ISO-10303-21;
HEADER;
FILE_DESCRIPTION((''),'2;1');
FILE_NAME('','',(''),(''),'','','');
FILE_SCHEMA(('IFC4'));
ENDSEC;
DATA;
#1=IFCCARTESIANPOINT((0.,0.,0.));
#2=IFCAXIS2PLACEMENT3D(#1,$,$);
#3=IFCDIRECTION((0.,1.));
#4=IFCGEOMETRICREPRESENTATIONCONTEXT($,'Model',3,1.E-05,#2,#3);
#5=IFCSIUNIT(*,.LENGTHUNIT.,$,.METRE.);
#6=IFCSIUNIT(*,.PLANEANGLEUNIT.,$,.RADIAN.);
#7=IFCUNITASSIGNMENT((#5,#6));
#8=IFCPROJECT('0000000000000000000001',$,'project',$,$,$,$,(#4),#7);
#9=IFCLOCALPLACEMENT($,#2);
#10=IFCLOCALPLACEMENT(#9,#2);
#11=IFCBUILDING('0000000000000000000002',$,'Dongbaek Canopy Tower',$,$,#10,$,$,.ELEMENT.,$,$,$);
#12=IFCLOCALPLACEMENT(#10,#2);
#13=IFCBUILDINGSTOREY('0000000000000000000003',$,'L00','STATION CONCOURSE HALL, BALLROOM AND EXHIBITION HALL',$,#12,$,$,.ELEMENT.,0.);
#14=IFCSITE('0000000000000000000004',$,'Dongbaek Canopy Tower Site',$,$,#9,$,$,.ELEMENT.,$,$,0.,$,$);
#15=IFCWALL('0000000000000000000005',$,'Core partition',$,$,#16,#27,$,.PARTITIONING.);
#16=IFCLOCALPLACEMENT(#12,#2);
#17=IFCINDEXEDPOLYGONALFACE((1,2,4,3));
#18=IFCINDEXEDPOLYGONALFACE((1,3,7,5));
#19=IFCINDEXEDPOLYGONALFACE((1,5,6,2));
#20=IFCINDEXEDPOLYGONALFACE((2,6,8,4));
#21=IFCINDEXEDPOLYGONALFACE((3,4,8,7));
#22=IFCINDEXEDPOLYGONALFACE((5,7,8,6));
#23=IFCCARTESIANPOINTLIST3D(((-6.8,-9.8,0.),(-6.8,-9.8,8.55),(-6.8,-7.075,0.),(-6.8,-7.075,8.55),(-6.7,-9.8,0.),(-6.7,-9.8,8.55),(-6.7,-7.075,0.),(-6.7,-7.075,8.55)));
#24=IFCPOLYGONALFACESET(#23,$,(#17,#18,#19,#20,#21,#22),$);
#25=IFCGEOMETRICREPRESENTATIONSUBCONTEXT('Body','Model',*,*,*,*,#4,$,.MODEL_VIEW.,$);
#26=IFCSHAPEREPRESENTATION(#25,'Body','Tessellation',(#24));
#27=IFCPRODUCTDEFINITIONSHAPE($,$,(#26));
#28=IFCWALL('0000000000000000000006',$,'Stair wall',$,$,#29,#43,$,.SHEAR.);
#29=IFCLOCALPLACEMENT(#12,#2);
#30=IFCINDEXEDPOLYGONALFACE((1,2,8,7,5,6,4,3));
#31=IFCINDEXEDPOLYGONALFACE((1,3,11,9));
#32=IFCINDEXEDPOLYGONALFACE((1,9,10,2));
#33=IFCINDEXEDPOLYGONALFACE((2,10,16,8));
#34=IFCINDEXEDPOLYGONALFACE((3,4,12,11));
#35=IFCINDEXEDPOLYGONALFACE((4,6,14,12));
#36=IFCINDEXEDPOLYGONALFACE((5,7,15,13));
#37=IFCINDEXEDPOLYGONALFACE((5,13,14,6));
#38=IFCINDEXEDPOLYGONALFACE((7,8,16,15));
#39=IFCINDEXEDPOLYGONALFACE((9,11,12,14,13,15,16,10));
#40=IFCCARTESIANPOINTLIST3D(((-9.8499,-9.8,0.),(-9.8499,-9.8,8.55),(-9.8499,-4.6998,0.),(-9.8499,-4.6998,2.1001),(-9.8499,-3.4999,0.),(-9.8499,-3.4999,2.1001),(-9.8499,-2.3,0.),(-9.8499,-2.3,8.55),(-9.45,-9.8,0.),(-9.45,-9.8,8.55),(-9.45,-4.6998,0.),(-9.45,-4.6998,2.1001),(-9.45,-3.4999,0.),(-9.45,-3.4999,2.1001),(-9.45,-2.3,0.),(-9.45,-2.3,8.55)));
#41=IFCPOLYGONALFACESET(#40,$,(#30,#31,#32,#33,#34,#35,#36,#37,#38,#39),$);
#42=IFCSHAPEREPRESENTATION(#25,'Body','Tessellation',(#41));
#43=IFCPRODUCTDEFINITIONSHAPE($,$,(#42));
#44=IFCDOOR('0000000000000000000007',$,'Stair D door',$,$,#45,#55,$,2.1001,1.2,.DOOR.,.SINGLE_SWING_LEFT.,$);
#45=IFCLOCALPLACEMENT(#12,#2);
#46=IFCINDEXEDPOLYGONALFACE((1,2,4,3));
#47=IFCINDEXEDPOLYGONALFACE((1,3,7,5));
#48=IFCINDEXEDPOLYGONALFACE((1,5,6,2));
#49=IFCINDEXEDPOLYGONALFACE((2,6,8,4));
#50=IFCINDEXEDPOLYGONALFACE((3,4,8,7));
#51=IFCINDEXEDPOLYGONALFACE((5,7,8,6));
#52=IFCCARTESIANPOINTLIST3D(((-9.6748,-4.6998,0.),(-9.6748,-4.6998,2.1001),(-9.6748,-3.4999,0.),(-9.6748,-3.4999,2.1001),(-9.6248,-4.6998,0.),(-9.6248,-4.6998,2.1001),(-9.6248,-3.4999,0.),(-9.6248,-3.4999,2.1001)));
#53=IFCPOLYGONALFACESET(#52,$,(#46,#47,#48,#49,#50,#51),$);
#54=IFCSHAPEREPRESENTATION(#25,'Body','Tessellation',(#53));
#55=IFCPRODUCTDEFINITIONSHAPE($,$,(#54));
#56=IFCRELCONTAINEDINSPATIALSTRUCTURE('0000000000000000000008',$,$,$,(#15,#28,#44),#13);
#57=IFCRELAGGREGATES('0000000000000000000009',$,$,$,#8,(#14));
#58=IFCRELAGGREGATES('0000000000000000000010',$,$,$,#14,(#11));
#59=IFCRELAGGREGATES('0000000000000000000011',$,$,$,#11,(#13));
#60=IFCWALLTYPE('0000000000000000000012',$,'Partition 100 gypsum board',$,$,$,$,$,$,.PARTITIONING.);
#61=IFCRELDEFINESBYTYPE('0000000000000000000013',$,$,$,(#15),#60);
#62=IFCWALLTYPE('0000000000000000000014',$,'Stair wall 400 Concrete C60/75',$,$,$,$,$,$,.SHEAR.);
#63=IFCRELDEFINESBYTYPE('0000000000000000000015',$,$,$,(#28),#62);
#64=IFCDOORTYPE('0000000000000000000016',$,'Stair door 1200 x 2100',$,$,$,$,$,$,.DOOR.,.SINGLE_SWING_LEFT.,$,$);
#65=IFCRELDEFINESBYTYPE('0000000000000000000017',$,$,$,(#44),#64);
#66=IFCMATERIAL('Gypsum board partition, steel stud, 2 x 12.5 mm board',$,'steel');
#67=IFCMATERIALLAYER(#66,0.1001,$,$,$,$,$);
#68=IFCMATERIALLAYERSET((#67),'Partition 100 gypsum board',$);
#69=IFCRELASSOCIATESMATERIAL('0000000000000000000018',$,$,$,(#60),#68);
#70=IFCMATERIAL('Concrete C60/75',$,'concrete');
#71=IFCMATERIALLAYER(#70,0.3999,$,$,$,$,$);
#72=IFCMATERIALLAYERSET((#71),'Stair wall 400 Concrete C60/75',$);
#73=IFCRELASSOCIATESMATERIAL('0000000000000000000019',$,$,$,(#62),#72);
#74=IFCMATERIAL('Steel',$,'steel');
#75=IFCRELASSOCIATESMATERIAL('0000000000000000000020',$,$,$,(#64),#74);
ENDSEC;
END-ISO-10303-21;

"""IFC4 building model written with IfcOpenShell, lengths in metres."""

from ifc_helpers import new_model, si_unit, direction, frame, frame_2d, origin, place, context, subcontext, project, spatial, rectangle, extrude, material, layer, layer_set, type_object, element, fill, save


model = new_model("IFC4")

# Units and contexts
model_context = context("Model", 3, precision=1e-05, world=origin(), true_north=direction((0.0, 1.0)))
body_context = subcontext(model_context, "Body", "Model", "MODEL_VIEW")
ifc_project = project(units=[si_unit("LENGTHUNIT", "METRE"), si_unit("PLANEANGLEUNIT", "RADIAN")], contexts=[model_context])

# Site, building, storey
site_placement = place(None, origin())
site = spatial("IfcSite", under=ifc_project, at=site_placement, Name="Dongbaek Canopy Tower Site", CompositionType="ELEMENT", RefElevation=0.0)
building_placement = place(site_placement, origin())
building = spatial("IfcBuilding", under=site, at=building_placement, Name="Dongbaek Canopy Tower", CompositionType="ELEMENT")
storey_placement = place(building_placement, origin())
storey = spatial("IfcBuildingStorey", under=building, at=storey_placement, Name="L00", Description="STATION CONCOURSE HALL, BALLROOM AND EXHIBITION HALL", CompositionType="ELEMENT", Elevation=0.0)

# Wall
ifc_material_1 = material(Name="Gypsum board partition, steel stud, 2 x 12.5 mm board", Category="steel")
ifc_layer_1 = layer(ifc_material_1, 0.1001)
ifc_layer_set_1 = layer_set([ifc_layer_1], Name="Partition 100 gypsum board")
wall_type_1 = type_object("IfcWallType", Name="Partition 100 gypsum board", PredefinedType="PARTITIONING", material=ifc_layer_set_1)
for number, where, z_axis, x_axis, name in (
    (1, (-6.75, -9.8, 0.0), (0.0, 0.0, 1.0), (0.0, 1.0, 0.0), "Core partition"),
):
    element("IfcWall", number, at=place(storey_placement, frame(where, z_axis=z_axis, x_axis=x_axis)), inside=storey, type_object=wall_type_1, Name=name, PredefinedType="PARTITIONING", context=body_context, shape_type="SweptSolid", body=[
        extrude(rectangle(XDim=2.7251, YDim=0.1001, at=frame_2d((1.3625, 0.0))), origin(), (0.0, 0.0, 1.0), 8.55),
    ])

# Wall, opening, door
ifc_material_2 = material(Name="Concrete C60/75", Category="concrete")
ifc_layer_2 = layer(ifc_material_2, 0.3999)
ifc_layer_set_2 = layer_set([ifc_layer_2], Name="Stair wall 400 Concrete C60/75")
wall_type_2 = type_object("IfcWallType", Name="Stair wall 400 Concrete C60/75", PredefinedType="SHEAR", material=ifc_layer_set_2)
wall_1_placement = place(storey_placement, frame((-9.6499, -9.8, 0.0), z_axis=(0.0, 0.0, 1.0), x_axis=(0.0, 1.0, 0.0)))
wall_1 = element("IfcWall", 2, at=wall_1_placement, inside=storey, type_object=wall_type_2, Name="Stair wall", PredefinedType="SHEAR", context=body_context, shape_type="SweptSolid", body=[
    extrude(rectangle(XDim=7.5, YDim=0.3999, at=frame_2d((3.75, 0.0))), origin(), (0.0, 0.0, 1.0), 8.55),
])
opening_1_placement = place(wall_1_placement, frame((5.1001, 0.0, 0.0)))
opening_1 = element("IfcOpeningElement", 3, at=opening_1_placement, cuts=wall_1, PredefinedType="OPENING", context=body_context, shape_type="SweptSolid", body=[
    extrude(rectangle(XDim=1.2, YDim=2.1001, at=frame_2d((0.6001, 1.05))), frame((0.0, 0.21, 0.0), z_axis=(0.0, -1.0, 0.0), x_axis=(1.0, 0.0, 0.0)), (0.0, 0.0, 1.0), 0.4199),
])
ifc_material_3 = material(Name="Steel", Category="steel")
door_type_1 = type_object("IfcDoorType", Name="Stair door 1200 x 2100", OperationType="SINGLE_SWING_LEFT", PredefinedType="DOOR", material=ifc_material_3)
door_1_placement = place(opening_1_placement, origin())
door_1 = element("IfcDoor", 4, at=door_1_placement, inside=storey, type_object=door_type_1, Name="Stair D door", OperationType="SINGLE_SWING_LEFT", OverallHeight=2.1001, OverallWidth=1.2, PredefinedType="DOOR", context=body_context, shape_type="SweptSolid", body=[
    extrude(rectangle(XDim=1.2, YDim=2.1001, at=frame_2d((0.6001, 1.05))), frame((0.0, 0.0249, 0.0), z_axis=(0.0, -1.0, 0.0), x_axis=(1.0, 0.0, 0.0)), (0.0, 0.0, 1.0), 0.05),
])
fill(opening_1, door_1)

save(model, "model.ifc")
